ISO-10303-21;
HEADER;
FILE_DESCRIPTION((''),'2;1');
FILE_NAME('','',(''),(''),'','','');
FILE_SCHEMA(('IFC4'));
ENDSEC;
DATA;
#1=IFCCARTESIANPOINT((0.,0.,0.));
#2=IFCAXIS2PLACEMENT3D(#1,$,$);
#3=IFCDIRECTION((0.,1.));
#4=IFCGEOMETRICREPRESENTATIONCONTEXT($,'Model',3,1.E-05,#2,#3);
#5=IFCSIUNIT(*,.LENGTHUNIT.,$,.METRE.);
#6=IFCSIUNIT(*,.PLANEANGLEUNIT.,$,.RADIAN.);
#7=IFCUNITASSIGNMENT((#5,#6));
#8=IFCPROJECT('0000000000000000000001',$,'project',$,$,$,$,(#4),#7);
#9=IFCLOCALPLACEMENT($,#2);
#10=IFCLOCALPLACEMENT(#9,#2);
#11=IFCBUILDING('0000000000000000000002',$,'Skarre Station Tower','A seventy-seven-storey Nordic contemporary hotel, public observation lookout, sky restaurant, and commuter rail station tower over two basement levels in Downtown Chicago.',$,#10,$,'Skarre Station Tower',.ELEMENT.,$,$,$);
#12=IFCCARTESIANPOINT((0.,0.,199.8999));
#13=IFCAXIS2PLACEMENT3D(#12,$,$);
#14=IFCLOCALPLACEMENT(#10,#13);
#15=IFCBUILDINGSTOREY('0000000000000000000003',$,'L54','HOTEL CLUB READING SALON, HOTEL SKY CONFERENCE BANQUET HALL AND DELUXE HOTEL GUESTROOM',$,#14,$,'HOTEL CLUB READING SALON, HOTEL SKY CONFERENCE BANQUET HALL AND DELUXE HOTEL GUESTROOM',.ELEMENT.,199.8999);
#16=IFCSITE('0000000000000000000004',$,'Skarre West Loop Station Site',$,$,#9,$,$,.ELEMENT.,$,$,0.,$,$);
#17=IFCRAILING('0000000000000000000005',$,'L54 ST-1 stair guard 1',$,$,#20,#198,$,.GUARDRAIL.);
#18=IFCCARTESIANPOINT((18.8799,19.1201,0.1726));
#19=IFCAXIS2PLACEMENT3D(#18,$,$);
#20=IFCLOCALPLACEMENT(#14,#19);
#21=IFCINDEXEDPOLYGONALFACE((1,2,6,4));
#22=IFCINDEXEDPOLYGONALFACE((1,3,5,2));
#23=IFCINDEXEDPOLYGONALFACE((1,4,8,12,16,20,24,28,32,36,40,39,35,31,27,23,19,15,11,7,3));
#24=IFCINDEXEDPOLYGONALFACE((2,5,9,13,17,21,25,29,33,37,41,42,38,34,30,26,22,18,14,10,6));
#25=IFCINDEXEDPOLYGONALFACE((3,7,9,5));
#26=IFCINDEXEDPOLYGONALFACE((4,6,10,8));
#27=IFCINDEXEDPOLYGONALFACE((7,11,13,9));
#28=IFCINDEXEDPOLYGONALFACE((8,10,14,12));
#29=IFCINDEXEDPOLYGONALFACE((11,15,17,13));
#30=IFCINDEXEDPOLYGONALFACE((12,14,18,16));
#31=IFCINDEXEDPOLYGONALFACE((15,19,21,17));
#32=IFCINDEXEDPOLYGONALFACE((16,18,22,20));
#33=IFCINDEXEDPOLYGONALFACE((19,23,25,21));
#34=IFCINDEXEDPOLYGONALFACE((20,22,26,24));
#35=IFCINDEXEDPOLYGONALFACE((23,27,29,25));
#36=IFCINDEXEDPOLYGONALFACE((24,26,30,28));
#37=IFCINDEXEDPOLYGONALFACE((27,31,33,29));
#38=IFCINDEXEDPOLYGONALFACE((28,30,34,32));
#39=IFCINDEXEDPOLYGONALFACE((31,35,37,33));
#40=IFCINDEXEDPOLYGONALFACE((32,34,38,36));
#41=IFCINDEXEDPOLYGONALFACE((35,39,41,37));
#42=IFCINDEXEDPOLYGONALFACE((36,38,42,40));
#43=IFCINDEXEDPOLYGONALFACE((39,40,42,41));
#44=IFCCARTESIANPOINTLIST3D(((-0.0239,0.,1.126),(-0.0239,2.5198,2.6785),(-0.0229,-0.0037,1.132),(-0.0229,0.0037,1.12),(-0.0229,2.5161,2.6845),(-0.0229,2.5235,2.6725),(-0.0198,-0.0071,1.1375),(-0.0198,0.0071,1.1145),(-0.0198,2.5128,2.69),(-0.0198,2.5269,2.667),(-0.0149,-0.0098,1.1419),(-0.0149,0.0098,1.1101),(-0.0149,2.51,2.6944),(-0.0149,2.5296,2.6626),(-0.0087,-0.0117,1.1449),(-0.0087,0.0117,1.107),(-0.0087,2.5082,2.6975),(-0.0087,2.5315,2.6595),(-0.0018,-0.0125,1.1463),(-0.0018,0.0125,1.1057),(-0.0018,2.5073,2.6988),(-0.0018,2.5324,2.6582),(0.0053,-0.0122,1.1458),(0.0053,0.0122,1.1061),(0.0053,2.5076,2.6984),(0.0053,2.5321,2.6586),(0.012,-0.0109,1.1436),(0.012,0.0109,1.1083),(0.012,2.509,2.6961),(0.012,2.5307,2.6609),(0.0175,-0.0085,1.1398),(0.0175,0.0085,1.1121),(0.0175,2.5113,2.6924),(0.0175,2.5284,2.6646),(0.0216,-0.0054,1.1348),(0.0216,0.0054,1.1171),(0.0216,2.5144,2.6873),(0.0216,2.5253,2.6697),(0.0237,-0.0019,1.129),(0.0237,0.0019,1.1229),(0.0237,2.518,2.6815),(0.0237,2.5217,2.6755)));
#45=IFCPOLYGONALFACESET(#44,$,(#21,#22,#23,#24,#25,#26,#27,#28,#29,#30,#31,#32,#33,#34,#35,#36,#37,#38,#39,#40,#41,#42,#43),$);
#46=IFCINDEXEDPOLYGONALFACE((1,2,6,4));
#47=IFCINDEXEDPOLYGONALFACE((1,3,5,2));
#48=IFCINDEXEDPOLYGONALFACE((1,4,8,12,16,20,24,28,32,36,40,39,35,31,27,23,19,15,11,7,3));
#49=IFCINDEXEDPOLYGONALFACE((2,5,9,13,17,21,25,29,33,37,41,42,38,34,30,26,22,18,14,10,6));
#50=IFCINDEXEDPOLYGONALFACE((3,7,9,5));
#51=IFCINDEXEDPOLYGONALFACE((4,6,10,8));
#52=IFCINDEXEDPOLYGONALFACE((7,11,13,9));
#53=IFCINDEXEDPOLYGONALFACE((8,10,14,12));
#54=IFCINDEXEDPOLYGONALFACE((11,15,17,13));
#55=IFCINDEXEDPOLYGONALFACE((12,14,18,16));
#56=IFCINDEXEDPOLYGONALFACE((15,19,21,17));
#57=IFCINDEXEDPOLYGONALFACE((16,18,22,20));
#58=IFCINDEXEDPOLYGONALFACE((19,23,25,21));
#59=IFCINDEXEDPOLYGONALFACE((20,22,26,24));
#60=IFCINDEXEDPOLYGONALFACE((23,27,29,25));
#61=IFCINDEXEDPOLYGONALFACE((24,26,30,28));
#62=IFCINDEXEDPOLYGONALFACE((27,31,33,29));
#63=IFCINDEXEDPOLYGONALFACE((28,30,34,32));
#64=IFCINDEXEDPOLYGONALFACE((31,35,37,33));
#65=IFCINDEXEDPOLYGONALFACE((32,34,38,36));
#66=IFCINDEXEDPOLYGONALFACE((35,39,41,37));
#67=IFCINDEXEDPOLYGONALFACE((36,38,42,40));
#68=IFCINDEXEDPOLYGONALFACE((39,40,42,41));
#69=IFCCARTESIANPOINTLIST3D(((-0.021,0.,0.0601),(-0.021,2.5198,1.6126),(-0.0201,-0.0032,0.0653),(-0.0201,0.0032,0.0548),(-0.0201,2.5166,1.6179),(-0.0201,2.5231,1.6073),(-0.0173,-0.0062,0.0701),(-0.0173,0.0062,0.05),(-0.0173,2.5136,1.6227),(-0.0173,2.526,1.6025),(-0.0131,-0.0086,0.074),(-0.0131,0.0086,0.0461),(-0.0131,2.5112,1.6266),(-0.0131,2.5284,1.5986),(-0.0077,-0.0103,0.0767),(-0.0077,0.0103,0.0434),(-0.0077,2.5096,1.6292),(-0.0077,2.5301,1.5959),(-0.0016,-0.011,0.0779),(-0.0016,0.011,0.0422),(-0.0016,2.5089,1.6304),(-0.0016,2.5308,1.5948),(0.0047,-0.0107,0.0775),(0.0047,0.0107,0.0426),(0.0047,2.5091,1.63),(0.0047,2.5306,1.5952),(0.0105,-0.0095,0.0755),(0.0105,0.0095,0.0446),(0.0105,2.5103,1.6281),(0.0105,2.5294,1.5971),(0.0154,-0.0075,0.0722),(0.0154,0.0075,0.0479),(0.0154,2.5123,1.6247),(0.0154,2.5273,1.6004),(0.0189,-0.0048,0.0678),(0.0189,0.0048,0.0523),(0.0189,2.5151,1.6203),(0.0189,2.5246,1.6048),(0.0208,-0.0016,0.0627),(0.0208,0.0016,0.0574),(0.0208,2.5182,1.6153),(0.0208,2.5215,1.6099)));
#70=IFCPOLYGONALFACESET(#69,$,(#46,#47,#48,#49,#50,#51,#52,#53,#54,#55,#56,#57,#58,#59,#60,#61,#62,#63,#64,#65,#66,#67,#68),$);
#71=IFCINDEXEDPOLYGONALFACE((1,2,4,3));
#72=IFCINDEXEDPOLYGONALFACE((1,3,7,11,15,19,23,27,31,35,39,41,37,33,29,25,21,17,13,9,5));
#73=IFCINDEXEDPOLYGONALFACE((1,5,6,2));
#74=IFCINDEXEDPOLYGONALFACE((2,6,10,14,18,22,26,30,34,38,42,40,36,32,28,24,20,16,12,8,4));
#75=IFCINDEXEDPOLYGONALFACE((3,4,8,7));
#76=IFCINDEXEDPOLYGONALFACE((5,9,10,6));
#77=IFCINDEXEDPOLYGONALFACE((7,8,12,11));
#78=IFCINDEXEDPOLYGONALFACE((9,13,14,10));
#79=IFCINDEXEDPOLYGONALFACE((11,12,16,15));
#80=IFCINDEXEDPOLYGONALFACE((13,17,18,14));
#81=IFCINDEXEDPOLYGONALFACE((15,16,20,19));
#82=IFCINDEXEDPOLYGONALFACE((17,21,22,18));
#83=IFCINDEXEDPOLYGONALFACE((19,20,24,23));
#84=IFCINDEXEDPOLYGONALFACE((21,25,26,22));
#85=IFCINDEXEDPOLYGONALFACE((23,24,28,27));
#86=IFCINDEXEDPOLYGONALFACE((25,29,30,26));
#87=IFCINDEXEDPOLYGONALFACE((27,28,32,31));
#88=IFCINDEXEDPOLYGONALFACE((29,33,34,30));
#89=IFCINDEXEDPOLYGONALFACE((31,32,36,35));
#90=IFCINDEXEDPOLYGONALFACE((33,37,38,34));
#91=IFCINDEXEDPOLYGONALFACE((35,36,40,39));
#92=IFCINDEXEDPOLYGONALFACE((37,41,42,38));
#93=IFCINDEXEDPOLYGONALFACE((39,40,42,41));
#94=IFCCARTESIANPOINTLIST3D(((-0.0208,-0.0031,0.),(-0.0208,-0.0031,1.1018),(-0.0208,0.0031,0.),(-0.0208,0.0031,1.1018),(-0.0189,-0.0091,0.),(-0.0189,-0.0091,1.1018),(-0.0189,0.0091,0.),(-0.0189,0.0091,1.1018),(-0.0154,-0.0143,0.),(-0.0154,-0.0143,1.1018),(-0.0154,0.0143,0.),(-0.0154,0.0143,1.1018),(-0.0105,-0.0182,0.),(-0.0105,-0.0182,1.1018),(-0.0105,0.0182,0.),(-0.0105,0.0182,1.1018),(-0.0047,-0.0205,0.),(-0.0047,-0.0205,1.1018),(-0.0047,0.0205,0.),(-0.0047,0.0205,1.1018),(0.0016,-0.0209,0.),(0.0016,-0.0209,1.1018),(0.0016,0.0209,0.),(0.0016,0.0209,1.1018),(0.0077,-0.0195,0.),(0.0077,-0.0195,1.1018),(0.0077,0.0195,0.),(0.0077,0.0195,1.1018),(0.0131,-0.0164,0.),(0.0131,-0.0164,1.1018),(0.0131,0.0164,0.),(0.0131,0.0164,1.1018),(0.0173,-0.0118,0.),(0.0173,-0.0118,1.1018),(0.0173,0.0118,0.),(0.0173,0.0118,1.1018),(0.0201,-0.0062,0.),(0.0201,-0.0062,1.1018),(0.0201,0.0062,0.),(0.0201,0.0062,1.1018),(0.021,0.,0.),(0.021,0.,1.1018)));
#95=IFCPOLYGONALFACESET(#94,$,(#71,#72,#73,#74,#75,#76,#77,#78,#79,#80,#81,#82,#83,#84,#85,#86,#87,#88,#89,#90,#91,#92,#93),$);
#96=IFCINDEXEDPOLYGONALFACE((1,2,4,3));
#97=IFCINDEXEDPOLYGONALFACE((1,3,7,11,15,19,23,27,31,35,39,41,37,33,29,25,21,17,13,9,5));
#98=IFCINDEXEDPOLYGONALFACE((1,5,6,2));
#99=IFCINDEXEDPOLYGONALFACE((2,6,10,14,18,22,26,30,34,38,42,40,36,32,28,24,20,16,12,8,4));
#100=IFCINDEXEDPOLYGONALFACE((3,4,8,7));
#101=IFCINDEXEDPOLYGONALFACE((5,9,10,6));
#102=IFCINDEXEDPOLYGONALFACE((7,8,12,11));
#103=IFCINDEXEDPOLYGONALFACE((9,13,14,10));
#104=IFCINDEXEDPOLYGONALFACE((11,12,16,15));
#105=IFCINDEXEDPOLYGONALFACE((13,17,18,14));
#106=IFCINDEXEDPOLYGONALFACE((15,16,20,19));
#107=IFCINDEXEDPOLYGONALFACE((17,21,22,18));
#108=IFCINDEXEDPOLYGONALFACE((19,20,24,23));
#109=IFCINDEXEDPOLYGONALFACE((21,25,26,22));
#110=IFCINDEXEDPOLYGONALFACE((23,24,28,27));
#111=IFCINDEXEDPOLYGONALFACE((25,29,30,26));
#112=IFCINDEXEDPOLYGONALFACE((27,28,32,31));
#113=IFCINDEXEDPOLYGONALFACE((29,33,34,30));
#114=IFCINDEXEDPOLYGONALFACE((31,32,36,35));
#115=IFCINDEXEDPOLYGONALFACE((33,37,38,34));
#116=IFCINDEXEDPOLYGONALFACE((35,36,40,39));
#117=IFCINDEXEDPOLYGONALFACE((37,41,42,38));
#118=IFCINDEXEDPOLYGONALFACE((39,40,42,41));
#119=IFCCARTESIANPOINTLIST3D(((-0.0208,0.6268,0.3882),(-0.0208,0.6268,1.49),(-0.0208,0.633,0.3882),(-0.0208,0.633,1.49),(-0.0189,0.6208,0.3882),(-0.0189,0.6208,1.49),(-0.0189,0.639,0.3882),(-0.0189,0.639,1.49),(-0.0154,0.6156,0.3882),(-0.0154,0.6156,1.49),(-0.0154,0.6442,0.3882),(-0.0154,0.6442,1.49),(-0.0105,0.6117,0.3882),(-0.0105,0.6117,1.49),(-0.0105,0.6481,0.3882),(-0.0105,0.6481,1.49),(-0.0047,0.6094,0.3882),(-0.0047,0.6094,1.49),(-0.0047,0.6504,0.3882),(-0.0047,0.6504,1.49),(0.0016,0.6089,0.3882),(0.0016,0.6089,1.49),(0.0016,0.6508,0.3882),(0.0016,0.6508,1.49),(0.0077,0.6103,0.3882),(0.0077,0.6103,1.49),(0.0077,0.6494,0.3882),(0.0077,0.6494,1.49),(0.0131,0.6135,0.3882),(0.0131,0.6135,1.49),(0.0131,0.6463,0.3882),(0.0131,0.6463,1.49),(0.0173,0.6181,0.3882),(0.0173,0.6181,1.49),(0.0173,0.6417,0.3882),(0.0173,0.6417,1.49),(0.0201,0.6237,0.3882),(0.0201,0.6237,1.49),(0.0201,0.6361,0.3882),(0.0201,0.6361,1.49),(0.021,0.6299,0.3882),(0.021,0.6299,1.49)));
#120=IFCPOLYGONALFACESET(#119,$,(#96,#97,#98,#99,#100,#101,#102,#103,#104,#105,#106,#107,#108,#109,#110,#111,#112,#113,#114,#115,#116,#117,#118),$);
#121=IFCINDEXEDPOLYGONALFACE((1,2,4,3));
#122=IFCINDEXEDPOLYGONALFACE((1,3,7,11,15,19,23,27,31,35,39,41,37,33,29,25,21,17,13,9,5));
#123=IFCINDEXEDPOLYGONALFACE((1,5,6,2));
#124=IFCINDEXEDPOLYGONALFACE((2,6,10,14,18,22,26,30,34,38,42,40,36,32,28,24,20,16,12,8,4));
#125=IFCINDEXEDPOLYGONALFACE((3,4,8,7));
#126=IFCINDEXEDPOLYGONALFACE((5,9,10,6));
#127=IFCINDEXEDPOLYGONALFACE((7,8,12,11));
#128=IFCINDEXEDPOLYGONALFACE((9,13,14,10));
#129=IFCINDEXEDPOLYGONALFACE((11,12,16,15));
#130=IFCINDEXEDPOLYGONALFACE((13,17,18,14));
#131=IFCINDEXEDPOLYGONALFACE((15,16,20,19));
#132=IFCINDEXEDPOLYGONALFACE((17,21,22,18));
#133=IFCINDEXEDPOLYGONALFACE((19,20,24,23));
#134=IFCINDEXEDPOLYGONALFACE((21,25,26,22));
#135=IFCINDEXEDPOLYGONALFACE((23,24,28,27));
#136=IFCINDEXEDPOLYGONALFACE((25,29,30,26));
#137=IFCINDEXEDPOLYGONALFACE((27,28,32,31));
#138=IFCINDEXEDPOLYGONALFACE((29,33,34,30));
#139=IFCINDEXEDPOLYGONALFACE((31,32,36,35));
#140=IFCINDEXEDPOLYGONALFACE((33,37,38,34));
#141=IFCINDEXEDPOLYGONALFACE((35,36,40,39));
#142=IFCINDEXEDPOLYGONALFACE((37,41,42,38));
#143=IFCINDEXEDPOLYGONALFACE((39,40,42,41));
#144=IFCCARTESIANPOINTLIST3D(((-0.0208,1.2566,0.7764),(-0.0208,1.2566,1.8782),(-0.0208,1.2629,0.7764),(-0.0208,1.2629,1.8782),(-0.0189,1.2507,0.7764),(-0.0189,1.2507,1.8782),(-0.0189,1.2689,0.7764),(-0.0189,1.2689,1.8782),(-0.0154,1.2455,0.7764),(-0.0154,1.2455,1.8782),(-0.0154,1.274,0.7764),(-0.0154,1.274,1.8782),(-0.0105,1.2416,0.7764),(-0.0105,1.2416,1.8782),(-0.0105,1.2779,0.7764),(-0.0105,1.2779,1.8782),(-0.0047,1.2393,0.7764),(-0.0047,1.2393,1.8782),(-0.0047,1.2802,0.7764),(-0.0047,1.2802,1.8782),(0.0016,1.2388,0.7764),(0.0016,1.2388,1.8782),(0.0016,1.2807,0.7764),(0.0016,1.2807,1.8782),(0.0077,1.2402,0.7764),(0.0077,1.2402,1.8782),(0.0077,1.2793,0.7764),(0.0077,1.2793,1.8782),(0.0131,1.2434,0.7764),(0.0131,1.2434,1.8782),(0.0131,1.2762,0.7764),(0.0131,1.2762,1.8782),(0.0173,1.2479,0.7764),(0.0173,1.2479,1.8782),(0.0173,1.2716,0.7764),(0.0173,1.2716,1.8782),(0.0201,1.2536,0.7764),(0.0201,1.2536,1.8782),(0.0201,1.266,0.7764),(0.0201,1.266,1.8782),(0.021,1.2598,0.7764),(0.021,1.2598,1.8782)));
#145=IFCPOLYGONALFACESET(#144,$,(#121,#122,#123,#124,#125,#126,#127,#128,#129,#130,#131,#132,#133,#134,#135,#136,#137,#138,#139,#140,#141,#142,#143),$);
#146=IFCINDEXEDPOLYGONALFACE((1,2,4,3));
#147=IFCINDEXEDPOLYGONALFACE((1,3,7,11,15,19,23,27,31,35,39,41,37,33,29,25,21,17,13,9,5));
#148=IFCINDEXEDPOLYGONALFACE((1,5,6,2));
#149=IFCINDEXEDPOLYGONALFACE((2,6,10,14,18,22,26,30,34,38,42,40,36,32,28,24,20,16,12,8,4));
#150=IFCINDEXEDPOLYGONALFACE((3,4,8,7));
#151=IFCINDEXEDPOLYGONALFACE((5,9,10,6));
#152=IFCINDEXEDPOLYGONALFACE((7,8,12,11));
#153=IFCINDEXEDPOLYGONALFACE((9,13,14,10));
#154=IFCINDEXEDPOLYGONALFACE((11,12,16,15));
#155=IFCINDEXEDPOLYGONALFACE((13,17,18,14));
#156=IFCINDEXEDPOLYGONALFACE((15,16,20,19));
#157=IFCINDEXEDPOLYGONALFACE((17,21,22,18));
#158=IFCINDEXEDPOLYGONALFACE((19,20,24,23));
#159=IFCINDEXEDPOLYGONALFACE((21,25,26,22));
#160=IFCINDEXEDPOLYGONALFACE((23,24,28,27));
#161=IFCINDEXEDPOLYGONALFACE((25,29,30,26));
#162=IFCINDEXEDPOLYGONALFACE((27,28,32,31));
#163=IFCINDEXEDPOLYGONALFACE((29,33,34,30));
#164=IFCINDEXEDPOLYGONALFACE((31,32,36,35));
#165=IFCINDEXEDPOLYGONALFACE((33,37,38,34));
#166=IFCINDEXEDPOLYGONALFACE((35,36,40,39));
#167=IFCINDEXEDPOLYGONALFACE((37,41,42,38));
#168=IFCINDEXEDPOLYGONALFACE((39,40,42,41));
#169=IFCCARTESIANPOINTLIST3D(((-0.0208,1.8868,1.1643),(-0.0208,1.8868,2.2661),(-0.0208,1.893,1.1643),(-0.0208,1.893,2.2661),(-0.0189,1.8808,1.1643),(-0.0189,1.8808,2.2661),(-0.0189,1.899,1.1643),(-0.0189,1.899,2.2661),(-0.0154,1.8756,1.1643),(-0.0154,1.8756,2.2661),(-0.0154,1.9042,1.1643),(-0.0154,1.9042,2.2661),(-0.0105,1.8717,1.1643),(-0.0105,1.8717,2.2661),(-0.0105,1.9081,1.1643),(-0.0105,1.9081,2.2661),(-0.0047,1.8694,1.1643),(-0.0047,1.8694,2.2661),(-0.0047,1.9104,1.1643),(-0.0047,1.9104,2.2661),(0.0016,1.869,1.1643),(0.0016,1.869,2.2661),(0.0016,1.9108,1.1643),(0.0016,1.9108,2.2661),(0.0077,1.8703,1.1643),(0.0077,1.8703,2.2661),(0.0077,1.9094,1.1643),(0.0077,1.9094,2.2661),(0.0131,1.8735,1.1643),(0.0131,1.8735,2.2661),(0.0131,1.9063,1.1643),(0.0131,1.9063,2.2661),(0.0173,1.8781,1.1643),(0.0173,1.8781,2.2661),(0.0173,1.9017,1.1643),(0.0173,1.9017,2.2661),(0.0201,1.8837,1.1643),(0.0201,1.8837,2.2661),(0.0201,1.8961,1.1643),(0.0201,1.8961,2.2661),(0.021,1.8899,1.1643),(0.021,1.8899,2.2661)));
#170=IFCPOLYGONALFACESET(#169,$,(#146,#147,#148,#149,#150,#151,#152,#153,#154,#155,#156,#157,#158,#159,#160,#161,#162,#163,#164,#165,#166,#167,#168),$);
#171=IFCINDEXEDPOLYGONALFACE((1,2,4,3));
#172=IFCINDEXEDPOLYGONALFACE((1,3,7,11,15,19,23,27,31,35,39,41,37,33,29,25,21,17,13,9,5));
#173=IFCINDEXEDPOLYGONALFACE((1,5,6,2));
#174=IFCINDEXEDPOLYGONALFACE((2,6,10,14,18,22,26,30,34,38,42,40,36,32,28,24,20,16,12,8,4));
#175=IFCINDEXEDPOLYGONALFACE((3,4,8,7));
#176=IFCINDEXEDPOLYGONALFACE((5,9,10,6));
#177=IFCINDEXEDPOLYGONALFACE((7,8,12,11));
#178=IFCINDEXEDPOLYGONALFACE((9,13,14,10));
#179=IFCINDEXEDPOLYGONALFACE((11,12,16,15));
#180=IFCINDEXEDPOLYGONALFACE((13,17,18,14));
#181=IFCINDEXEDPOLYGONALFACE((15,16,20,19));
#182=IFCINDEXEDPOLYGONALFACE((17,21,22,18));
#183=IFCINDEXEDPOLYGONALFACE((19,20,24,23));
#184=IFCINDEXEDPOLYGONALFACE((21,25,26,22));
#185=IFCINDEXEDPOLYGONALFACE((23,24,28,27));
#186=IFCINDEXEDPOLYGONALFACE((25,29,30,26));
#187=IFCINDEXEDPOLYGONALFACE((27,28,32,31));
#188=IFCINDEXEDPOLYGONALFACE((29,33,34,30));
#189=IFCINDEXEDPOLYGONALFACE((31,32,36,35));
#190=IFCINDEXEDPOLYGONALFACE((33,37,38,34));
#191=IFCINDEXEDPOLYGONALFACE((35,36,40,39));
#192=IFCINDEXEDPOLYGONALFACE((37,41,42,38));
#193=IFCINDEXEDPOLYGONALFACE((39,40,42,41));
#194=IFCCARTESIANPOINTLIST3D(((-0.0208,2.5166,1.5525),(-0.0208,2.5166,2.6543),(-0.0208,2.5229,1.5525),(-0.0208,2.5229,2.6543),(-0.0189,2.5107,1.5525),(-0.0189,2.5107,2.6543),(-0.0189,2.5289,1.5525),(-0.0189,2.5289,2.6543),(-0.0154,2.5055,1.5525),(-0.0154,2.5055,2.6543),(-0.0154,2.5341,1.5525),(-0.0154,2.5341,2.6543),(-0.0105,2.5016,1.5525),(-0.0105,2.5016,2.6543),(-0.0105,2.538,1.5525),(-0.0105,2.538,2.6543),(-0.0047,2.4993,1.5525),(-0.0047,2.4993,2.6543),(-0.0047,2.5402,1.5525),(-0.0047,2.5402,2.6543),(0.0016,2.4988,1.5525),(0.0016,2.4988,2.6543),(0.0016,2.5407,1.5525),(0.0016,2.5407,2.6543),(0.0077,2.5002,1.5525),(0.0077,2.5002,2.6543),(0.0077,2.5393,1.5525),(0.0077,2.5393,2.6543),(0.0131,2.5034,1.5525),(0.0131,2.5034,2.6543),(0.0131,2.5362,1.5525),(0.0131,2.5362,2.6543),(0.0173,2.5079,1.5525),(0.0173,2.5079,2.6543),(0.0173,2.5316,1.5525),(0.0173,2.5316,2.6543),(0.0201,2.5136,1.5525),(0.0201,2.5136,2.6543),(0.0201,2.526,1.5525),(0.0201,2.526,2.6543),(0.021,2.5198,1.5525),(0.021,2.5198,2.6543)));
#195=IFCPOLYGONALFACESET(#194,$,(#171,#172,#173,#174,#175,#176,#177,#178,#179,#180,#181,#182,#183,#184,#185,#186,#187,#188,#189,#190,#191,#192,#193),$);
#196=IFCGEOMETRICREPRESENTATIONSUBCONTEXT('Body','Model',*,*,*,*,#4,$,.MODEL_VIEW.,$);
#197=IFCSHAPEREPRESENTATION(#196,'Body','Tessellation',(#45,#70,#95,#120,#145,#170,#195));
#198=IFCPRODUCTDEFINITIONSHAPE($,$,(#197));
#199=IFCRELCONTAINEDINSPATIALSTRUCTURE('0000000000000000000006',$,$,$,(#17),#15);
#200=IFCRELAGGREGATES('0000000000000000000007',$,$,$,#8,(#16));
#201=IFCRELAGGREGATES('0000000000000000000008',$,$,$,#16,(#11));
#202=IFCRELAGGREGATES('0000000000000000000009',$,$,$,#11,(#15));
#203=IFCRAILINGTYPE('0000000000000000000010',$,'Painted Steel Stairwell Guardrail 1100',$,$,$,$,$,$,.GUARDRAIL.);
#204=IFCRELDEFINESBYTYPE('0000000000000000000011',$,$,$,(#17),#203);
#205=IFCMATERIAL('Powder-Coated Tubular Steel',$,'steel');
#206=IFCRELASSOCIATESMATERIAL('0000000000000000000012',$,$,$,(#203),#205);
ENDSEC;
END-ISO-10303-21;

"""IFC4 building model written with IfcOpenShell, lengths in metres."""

from ifc_helpers import new_model, si_unit, direction, frame, origin, origin_2d, place, context, subcontext, project, spatial, circle, extrude, material, type_object, element, save


model = new_model("IFC4")

# Units and contexts
model_context = context("Model", 3, precision=1e-05, world=origin(), true_north=direction((0.0, 1.0)))
body_context = subcontext(model_context, "Body", "Model", "MODEL_VIEW")
ifc_project = project(units=[si_unit("LENGTHUNIT", "METRE"), si_unit("PLANEANGLEUNIT", "RADIAN")], contexts=[model_context])

# Site, building, storey
site_placement = place(None, origin())
site = spatial("IfcSite", under=ifc_project, at=site_placement, Name="Skarre West Loop Station Site", CompositionType="ELEMENT", RefElevation=0.0)
building_placement = place(site_placement, origin())
building = spatial("IfcBuilding", under=site, at=building_placement, Name="Skarre Station Tower", Description="A seventy-seven-storey Nordic contemporary hotel, public observation lookout, sky restaurant, and commuter rail station tower over two basement levels in Downtown Chicago.", LongName="Skarre Station Tower", CompositionType="ELEMENT")
storey_placement = place(building_placement, frame((0.0, 0.0, 199.8999)))
storey = spatial("IfcBuildingStorey", under=building, at=storey_placement, Name="L54", Description="HOTEL CLUB READING SALON, HOTEL SKY CONFERENCE BANQUET HALL AND DELUXE HOTEL GUESTROOM", LongName="HOTEL CLUB READING SALON, HOTEL SKY CONFERENCE BANQUET HALL AND DELUXE HOTEL GUESTROOM", CompositionType="ELEMENT", Elevation=199.8999)

# Railing
ifc_material_1 = material(Name="Powder-Coated Tubular Steel", Category="steel")
railing_type_1 = type_object("IfcRailingType", Name="Painted Steel Stairwell Guardrail 1100", PredefinedType="GUARDRAIL", material=ifc_material_1)
railing_1_placement = place(storey_placement, frame((18.8799, 19.1201, 0.1726)))
element("IfcRailing", 1, at=railing_1_placement, inside=storey, type_object=railing_type_1, Name="L54 ST-1 stair guard 1", PredefinedType="GUARDRAIL", context=body_context, shape_type="SweptSolid", body=[
    extrude(circle(Radius=0.0239, at=origin_2d()), frame((0.0, 0.0, 1.126), z_axis=(0.0, 0.851378, 0.524553), x_axis=(-1.0, 0.0, 0.0)), (0.0, 0.0, 1.0), 2.9597),
    extrude(circle(Radius=0.021, at=origin_2d()), frame((0.0, 0.0, 0.0601), z_axis=(0.0, 0.851378, 0.524553), x_axis=(-1.0, 0.0, 0.0)), (0.0, 0.0, 1.0), 2.9597),
    extrude(circle(Radius=0.021, at=origin_2d()), origin(), (0.0, 0.0, 1.0), 1.1018),
    extrude(circle(Radius=0.021, at=origin_2d()), frame((0.0, 0.6299, 0.3882)), (0.0, 0.0, 1.0), 1.1018),
    extrude(circle(Radius=0.021, at=origin_2d()), frame((0.0, 1.2598, 0.7764)), (0.0, 0.0, 1.0), 1.1018),
    extrude(circle(Radius=0.021, at=origin_2d()), frame((0.0, 1.8899, 1.1643)), (0.0, 0.0, 1.0), 1.1018),
    extrude(circle(Radius=0.021, at=origin_2d()), frame((0.0, 2.5198, 1.5525)), (0.0, 0.0, 1.0), 1.1018),
])

save(model, "model.ifc")
